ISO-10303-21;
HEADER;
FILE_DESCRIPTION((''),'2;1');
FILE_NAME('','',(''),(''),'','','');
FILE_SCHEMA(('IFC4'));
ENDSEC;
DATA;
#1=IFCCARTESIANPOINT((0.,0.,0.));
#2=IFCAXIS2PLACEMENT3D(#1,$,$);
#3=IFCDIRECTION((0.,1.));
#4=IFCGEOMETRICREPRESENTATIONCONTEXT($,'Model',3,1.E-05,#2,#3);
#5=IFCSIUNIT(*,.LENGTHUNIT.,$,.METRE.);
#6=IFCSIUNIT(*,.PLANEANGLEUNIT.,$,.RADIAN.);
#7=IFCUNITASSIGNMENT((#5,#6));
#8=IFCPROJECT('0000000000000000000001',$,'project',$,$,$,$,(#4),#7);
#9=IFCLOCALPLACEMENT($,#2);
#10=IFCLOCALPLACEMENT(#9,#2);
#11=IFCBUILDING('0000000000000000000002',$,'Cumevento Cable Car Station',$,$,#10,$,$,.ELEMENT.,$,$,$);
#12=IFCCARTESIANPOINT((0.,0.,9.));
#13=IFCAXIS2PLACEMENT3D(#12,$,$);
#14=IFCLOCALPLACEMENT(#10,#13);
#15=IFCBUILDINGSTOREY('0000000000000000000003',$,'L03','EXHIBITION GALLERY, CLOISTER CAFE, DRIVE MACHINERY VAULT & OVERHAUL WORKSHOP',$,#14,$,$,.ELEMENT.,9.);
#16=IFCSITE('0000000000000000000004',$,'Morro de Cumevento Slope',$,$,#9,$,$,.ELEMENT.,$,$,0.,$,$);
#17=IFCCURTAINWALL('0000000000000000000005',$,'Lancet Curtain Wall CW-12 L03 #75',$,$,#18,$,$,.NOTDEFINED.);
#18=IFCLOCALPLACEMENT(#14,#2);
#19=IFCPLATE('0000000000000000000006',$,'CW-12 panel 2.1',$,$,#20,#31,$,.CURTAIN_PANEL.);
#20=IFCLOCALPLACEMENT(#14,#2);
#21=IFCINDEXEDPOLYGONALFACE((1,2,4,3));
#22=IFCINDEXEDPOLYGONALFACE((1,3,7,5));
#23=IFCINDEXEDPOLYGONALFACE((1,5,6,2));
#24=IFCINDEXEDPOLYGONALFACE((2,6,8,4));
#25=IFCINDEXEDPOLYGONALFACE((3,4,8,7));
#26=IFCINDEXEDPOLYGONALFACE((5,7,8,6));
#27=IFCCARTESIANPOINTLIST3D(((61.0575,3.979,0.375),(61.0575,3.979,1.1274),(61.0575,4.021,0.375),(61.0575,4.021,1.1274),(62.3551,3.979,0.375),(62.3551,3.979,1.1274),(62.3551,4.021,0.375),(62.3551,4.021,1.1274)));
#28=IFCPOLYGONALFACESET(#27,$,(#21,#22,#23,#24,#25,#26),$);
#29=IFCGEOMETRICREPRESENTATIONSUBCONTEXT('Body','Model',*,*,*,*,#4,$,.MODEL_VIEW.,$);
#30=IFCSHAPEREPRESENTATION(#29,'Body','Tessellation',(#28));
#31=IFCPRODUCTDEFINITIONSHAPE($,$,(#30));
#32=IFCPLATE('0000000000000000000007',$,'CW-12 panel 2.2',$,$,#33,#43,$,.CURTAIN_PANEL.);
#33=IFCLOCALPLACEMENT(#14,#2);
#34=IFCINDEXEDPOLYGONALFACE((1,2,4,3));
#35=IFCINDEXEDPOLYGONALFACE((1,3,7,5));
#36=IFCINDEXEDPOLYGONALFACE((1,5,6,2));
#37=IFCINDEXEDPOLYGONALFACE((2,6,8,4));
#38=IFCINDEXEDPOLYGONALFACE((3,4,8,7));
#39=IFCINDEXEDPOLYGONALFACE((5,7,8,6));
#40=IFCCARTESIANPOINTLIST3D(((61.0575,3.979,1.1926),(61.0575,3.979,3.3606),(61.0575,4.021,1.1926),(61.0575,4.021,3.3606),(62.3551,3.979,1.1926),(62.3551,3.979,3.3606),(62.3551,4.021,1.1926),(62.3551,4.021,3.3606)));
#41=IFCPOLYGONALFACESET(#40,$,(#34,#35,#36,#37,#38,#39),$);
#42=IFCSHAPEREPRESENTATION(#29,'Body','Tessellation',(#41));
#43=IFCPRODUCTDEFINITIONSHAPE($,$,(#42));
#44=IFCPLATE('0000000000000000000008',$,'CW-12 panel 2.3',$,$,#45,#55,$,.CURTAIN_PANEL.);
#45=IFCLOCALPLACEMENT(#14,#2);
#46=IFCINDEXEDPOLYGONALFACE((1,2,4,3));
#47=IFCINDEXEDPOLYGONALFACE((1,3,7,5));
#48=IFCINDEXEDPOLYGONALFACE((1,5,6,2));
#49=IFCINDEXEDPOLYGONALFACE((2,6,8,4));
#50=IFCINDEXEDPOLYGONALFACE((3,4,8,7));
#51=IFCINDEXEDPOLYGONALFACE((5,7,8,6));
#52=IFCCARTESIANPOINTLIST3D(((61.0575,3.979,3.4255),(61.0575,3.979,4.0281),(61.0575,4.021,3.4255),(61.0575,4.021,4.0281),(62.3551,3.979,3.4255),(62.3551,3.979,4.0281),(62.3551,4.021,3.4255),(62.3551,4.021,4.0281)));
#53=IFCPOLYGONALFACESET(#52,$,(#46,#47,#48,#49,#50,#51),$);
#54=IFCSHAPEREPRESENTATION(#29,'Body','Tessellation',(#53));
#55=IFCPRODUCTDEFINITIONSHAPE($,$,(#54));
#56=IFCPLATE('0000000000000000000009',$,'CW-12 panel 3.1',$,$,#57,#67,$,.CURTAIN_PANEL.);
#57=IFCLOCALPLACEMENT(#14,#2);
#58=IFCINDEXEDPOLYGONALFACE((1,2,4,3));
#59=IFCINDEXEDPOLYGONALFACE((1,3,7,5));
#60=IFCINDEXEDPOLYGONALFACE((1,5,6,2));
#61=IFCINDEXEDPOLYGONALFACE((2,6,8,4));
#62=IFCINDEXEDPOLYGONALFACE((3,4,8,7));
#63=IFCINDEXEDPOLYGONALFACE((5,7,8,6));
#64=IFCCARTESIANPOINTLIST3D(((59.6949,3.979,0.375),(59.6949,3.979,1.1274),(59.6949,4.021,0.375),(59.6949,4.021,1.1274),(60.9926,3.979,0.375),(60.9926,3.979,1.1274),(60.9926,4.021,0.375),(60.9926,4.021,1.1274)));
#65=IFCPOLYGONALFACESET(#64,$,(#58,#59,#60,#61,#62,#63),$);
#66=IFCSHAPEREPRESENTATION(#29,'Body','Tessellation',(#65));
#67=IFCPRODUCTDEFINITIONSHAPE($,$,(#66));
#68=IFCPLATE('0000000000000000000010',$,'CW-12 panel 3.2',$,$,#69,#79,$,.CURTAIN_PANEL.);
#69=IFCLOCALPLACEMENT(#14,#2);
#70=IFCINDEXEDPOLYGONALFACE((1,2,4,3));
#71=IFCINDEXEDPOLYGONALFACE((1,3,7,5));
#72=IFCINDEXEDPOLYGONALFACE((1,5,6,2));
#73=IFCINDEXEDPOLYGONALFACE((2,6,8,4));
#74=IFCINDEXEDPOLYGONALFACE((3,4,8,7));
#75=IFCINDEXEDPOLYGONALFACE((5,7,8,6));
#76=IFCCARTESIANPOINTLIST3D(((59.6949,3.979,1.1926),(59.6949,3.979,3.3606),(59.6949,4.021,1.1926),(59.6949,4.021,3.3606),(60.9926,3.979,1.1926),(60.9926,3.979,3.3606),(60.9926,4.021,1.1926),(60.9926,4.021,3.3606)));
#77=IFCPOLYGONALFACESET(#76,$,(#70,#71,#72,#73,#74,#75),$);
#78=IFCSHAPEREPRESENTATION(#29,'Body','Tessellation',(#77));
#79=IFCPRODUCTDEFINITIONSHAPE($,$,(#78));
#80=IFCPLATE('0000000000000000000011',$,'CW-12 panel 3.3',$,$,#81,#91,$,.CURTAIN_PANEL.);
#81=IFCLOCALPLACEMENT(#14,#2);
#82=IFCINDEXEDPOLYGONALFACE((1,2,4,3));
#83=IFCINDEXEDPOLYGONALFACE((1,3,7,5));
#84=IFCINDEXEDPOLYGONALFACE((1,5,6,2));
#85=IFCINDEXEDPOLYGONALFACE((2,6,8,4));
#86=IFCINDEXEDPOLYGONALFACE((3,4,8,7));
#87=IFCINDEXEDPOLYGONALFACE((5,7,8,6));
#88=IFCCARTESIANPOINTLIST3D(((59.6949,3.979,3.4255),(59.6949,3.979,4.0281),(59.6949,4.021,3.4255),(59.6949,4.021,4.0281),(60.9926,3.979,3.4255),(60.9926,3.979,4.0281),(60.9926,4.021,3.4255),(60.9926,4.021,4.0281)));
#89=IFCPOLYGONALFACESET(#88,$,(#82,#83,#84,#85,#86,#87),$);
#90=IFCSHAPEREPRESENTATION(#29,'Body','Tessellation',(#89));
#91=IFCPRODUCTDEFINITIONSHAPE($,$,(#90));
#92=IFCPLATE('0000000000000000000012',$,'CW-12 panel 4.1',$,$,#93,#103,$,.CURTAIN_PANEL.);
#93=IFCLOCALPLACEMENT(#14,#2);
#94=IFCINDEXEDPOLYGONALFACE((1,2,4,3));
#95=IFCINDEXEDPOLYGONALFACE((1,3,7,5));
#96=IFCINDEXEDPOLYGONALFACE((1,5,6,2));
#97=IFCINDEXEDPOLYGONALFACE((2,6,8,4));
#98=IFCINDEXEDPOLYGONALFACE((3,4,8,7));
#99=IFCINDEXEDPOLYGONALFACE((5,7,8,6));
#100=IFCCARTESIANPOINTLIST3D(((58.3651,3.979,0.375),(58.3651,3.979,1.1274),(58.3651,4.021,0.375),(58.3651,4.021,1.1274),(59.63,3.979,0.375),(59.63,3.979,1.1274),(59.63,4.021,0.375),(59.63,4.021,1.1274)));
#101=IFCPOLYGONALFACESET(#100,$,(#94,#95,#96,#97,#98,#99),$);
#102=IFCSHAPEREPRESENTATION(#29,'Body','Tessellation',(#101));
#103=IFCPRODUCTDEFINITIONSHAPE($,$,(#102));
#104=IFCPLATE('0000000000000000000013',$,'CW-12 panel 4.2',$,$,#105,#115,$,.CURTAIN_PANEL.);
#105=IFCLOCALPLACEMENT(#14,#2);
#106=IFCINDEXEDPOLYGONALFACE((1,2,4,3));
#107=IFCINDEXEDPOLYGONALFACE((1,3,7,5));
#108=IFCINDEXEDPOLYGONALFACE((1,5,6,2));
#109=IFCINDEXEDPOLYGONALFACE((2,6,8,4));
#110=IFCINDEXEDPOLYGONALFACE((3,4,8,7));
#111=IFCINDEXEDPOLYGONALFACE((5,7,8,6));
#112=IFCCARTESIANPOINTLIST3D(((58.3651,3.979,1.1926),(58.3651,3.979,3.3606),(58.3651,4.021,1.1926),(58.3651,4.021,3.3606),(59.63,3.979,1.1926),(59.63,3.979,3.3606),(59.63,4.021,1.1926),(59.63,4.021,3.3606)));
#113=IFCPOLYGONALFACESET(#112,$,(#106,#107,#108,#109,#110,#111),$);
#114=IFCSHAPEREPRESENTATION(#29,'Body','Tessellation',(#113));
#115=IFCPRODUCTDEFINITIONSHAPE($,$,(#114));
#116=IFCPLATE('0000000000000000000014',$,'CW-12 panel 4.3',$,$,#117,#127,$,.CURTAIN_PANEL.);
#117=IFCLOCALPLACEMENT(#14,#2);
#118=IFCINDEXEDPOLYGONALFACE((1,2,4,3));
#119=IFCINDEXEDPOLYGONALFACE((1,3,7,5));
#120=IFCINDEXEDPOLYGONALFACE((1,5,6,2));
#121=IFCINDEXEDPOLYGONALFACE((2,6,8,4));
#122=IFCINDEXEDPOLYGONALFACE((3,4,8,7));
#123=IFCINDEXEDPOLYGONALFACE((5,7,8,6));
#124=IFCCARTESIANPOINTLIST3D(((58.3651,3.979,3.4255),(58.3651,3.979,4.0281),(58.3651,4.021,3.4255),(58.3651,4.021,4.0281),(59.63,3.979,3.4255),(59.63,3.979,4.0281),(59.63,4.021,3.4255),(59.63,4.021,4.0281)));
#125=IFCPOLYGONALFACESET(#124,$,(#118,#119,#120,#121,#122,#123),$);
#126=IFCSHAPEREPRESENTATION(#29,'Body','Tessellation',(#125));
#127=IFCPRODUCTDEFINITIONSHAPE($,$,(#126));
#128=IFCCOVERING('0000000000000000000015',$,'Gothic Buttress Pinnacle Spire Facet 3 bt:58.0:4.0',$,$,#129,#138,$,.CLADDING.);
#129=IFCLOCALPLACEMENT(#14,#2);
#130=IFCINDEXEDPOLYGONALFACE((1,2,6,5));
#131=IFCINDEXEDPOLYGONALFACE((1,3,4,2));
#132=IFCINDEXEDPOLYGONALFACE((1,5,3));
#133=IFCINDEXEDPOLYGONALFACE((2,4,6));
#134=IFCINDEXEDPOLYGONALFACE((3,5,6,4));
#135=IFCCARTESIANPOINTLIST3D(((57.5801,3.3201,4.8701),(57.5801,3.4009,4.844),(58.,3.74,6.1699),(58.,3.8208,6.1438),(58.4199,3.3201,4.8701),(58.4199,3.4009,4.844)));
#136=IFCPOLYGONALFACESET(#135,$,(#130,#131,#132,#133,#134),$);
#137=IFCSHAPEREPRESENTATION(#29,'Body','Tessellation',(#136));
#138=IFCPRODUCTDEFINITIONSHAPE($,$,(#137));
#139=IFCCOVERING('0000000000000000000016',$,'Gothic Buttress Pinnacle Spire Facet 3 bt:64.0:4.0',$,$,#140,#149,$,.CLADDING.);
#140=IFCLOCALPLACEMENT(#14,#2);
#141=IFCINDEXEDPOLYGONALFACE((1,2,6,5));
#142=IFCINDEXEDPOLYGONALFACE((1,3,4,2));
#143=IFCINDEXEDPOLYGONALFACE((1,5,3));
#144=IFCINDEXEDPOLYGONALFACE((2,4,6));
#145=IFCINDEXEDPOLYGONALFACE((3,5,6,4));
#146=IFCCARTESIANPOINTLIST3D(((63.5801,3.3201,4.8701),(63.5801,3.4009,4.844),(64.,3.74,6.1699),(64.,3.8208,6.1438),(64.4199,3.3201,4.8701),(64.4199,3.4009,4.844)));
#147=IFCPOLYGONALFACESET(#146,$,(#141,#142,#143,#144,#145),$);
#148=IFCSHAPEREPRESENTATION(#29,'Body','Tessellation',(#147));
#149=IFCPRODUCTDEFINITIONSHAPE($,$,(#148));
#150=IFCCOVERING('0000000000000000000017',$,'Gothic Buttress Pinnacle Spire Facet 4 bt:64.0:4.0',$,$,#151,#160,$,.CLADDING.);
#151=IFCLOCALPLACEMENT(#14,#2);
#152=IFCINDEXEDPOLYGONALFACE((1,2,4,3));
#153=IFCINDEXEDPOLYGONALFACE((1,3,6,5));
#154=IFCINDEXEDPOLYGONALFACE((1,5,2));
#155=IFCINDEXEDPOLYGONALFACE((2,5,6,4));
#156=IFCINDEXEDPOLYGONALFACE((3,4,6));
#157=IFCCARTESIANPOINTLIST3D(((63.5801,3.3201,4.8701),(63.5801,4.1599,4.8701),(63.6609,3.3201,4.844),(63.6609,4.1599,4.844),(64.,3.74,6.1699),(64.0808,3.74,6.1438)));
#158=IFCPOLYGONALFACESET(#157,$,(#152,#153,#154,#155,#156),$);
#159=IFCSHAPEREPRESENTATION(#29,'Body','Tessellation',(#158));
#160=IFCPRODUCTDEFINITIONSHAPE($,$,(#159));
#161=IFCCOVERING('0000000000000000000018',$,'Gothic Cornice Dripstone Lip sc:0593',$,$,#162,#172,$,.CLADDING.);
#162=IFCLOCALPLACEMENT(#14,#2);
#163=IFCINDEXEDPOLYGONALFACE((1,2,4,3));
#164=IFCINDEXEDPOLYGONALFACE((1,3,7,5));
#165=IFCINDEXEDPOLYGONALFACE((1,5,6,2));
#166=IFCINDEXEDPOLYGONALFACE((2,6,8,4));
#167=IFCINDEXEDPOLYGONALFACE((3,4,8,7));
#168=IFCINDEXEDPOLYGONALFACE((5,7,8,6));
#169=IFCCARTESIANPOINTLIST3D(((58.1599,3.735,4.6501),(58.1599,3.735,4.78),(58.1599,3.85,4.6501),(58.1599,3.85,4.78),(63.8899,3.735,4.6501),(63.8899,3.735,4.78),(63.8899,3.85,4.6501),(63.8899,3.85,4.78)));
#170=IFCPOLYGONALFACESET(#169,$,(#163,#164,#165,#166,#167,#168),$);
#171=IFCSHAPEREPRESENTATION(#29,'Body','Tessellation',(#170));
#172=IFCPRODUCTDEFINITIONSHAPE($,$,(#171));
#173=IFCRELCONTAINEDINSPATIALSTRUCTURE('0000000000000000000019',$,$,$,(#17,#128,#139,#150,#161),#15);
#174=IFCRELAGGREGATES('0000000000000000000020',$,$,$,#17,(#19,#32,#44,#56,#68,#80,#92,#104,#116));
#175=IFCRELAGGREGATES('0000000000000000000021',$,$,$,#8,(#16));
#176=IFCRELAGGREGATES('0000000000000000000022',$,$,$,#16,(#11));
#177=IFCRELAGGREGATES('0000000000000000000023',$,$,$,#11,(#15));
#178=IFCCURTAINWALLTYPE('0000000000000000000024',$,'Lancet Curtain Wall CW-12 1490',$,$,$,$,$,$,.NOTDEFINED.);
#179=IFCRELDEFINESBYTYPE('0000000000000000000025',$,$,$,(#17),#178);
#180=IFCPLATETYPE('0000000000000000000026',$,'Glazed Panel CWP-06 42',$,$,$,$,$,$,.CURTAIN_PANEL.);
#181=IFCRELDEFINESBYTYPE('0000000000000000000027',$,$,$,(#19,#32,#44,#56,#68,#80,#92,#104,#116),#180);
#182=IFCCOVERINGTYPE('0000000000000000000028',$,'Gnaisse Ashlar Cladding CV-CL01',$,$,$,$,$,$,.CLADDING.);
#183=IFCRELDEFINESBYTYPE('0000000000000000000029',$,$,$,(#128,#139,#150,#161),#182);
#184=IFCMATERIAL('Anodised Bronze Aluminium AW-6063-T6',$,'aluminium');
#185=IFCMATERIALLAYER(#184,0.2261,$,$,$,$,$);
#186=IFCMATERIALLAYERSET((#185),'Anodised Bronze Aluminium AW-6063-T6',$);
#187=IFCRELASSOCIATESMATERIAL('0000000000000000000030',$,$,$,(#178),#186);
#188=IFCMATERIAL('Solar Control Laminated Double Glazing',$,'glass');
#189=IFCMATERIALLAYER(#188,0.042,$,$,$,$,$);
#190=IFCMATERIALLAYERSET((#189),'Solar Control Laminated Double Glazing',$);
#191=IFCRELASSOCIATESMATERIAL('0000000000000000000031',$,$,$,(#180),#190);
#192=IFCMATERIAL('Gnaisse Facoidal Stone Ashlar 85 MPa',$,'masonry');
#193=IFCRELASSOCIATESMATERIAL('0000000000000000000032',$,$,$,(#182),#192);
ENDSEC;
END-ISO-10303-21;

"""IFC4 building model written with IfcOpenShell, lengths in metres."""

from ifc_helpers import new_model, si_unit, direction, frame, origin, origin_2d, place, context, subcontext, project, spatial, polyline, rectangle, outline, extrude, material, layer, layer_set, type_object, element, aggregate, save


model = new_model("IFC4")

# Units and contexts
model_context = context("Model", 3, precision=1e-05, world=origin(), true_north=direction((0.0, 1.0)))
body_context = subcontext(model_context, "Body", "Model", "MODEL_VIEW")
ifc_project = project(units=[si_unit("LENGTHUNIT", "METRE"), si_unit("PLANEANGLEUNIT", "RADIAN")], contexts=[model_context])

# Site, building, storey
site_placement = place(None, origin())
site = spatial("IfcSite", under=ifc_project, at=site_placement, Name="Morro de Cumevento Slope", CompositionType="ELEMENT", RefElevation=0.0)
building_placement = place(site_placement, origin())
building = spatial("IfcBuilding", under=site, at=building_placement, Name="Cumevento Cable Car Station", CompositionType="ELEMENT")
storey_placement = place(building_placement, frame((0.0, 0.0, 9.0)))
storey = spatial("IfcBuildingStorey", under=building, at=storey_placement, Name="L03", Description="EXHIBITION GALLERY, CLOISTER CAFE, DRIVE MACHINERY VAULT & OVERHAUL WORKSHOP", CompositionType="ELEMENT", Elevation=9.0)

# Curtain wall
ifc_material_1 = material(Name="Anodised Bronze Aluminium AW-6063-T6", Category="aluminium")
ifc_layer_1 = layer(ifc_material_1, 0.2261)
ifc_layer_set_1 = layer_set([ifc_layer_1], Name="Anodised Bronze Aluminium AW-6063-T6")
curtain_wall_type = type_object("IfcCurtainWallType", Name="Lancet Curtain Wall CW-12 1490", PredefinedType="NOTDEFINED", material=ifc_layer_set_1)
curtain_wall_placement = place(storey_placement, origin())
curtain_wall = element("IfcCurtainWall", 1, at=curtain_wall_placement, inside=storey, type_object=curtain_wall_type, Name="Lancet Curtain Wall CW-12 L03 #75", PredefinedType="NOTDEFINED")

# Plates
ifc_material_2 = material(Name="Solar Control Laminated Double Glazing", Category="glass")
ifc_layer_2 = layer(ifc_material_2, 0.042)
ifc_layer_set_2 = layer_set([ifc_layer_2], Name="Solar Control Laminated Double Glazing")
plate_type = type_object("IfcPlateType", Name="Glazed Panel CWP-06 42", PredefinedType="CURTAIN_PANEL", material=ifc_layer_set_2)
plate_1_placement = place(storey_placement, frame((61.7063, 4.0, 0.375), z_axis=(0.0, 0.0, 1.0), x_axis=(-1.0, 0.0, 0.0)))
plate_1 = element("IfcPlate", 2, at=plate_1_placement, type_object=plate_type, Name="CW-12 panel 2.1", PredefinedType="CURTAIN_PANEL", context=body_context, shape_type="SweptSolid", body=[
    extrude(rectangle(XDim=1.2976, YDim=0.042, at=origin_2d()), origin(), (0.0, 0.0, 1.0), 0.7524),
])
plate_2_placement = place(storey_placement, frame((61.7063, 4.0, 1.1926), z_axis=(0.0, 0.0, 1.0), x_axis=(-1.0, 0.0, 0.0)))
plate_2 = element("IfcPlate", 3, at=plate_2_placement, type_object=plate_type, Name="CW-12 panel 2.2", PredefinedType="CURTAIN_PANEL", context=body_context, shape_type="SweptSolid", body=[
    extrude(rectangle(XDim=1.2976, YDim=0.042, at=origin_2d()), origin(), (0.0, 0.0, 1.0), 2.168),
])
plate_3_placement = place(storey_placement, frame((61.7063, 4.0, 3.4255), z_axis=(0.0, 0.0, 1.0), x_axis=(-1.0, 0.0, 0.0)))
plate_3 = element("IfcPlate", 4, at=plate_3_placement, type_object=plate_type, Name="CW-12 panel 2.3", PredefinedType="CURTAIN_PANEL", context=body_context, shape_type="SweptSolid", body=[
    extrude(rectangle(XDim=1.2976, YDim=0.042, at=origin_2d()), origin(), (0.0, 0.0, 1.0), 0.6025),
])
plate_4_placement = place(storey_placement, frame((60.3438, 4.0, 0.375), z_axis=(0.0, 0.0, 1.0), x_axis=(-1.0, 0.0, 0.0)))
plate_4 = element("IfcPlate", 5, at=plate_4_placement, type_object=plate_type, Name="CW-12 panel 3.1", PredefinedType="CURTAIN_PANEL", context=body_context, shape_type="SweptSolid", body=[
    extrude(rectangle(XDim=1.2976, YDim=0.042, at=origin_2d()), origin(), (0.0, 0.0, 1.0), 0.7524),
])
plate_5_placement = place(storey_placement, frame((60.3438, 4.0, 1.1926), z_axis=(0.0, 0.0, 1.0), x_axis=(-1.0, 0.0, 0.0)))
plate_5 = element("IfcPlate", 6, at=plate_5_placement, type_object=plate_type, Name="CW-12 panel 3.2", PredefinedType="CURTAIN_PANEL", context=body_context, shape_type="SweptSolid", body=[
    extrude(rectangle(XDim=1.2976, YDim=0.042, at=origin_2d()), origin(), (0.0, 0.0, 1.0), 2.168),
])
plate_6_placement = place(storey_placement, frame((60.3438, 4.0, 3.4255), z_axis=(0.0, 0.0, 1.0), x_axis=(-1.0, 0.0, 0.0)))
plate_6 = element("IfcPlate", 7, at=plate_6_placement, type_object=plate_type, Name="CW-12 panel 3.3", PredefinedType="CURTAIN_PANEL", context=body_context, shape_type="SweptSolid", body=[
    extrude(rectangle(XDim=1.2976, YDim=0.042, at=origin_2d()), origin(), (0.0, 0.0, 1.0), 0.6025),
])
plate_7_placement = place(storey_placement, frame((58.9976, 4.0, 0.375), z_axis=(0.0, 0.0, 1.0), x_axis=(-1.0, 0.0, 0.0)))
plate_7 = element("IfcPlate", 8, at=plate_7_placement, type_object=plate_type, Name="CW-12 panel 4.1", PredefinedType="CURTAIN_PANEL", context=body_context, shape_type="SweptSolid", body=[
    extrude(rectangle(XDim=1.2649, YDim=0.042, at=origin_2d()), origin(), (0.0, 0.0, 1.0), 0.7524),
])
plate_8_placement = place(storey_placement, frame((58.9976, 4.0, 1.1926), z_axis=(0.0, 0.0, 1.0), x_axis=(-1.0, 0.0, 0.0)))
plate_8 = element("IfcPlate", 9, at=plate_8_placement, type_object=plate_type, Name="CW-12 panel 4.2", PredefinedType="CURTAIN_PANEL", context=body_context, shape_type="SweptSolid", body=[
    extrude(rectangle(XDim=1.2649, YDim=0.042, at=origin_2d()), origin(), (0.0, 0.0, 1.0), 2.168),
])
plate_9_placement = place(storey_placement, frame((58.9976, 4.0, 3.4255), z_axis=(0.0, 0.0, 1.0), x_axis=(-1.0, 0.0, 0.0)))
plate_9 = element("IfcPlate", 10, at=plate_9_placement, type_object=plate_type, Name="CW-12 panel 4.3", PredefinedType="CURTAIN_PANEL", context=body_context, shape_type="SweptSolid", body=[
    extrude(rectangle(XDim=1.2649, YDim=0.042, at=origin_2d()), origin(), (0.0, 0.0, 1.0), 0.6025),
])
aggregate(curtain_wall, [plate_1, plate_2, plate_3, plate_4, plate_5, plate_6, plate_7, plate_8, plate_9])

# Coverings
ifc_material_3 = material(Name="Gnaisse Facoidal Stone Ashlar 85 MPa", Category="masonry")
covering_type = type_object("IfcCoveringType", Name="Gnaisse Ashlar Cladding CV-CL01", PredefinedType="CLADDING", material=ifc_material_3)
for number, where, z_axis, x_axis, name in (
    (11, (58.4199, 3.3201, 4.8701), (0.0, -0.951574, 0.307421), (-1.0, 0.0, 0.0), "Gothic Buttress Pinnacle Spire Facet 3 bt:58.0:4.0"),
    (12, (64.4199, 3.3201, 4.8701), (0.0, -0.951574, 0.307421), (-1.0, 0.0, 0.0), "Gothic Buttress Pinnacle Spire Facet 3 bt:64.0:4.0"),
    (13, (63.5801, 3.3201, 4.8701), (-0.951574, 0.0, 0.307421), (0.0, 1.0, 0.0), "Gothic Buttress Pinnacle Spire Facet 4 bt:64.0:4.0"),
):
    element("IfcCovering", number, at=place(storey_placement, frame(where, z_axis=z_axis, x_axis=x_axis)), inside=storey, type_object=covering_type, Name=name, PredefinedType="CLADDING", context=body_context, shape_type="SweptSolid", body=[
        extrude(outline(polyline([(0.0, 0.0), (0.8398, 0.0), (0.4199, -1.366), (0.0, 0.0)])), origin(), (0.0, 0.0, -1.0), 0.085),
    ])
covering_placement = place(storey_placement, frame((61.0249, 3.7925, 4.6501), z_axis=(0.0, 0.0, 1.0), x_axis=(-1.0, 0.0, 0.0)))
element("IfcCovering", 14, at=covering_placement, inside=storey, type_object=covering_type, Name="Gothic Cornice Dripstone Lip sc:0593", PredefinedType="CLADDING", context=body_context, shape_type="SweptSolid", body=[
    extrude(rectangle(XDim=5.73, YDim=0.115, at=origin_2d()), origin(), (0.0, 0.0, 1.0), 0.1299),
])

save(model, "model.ifc")
